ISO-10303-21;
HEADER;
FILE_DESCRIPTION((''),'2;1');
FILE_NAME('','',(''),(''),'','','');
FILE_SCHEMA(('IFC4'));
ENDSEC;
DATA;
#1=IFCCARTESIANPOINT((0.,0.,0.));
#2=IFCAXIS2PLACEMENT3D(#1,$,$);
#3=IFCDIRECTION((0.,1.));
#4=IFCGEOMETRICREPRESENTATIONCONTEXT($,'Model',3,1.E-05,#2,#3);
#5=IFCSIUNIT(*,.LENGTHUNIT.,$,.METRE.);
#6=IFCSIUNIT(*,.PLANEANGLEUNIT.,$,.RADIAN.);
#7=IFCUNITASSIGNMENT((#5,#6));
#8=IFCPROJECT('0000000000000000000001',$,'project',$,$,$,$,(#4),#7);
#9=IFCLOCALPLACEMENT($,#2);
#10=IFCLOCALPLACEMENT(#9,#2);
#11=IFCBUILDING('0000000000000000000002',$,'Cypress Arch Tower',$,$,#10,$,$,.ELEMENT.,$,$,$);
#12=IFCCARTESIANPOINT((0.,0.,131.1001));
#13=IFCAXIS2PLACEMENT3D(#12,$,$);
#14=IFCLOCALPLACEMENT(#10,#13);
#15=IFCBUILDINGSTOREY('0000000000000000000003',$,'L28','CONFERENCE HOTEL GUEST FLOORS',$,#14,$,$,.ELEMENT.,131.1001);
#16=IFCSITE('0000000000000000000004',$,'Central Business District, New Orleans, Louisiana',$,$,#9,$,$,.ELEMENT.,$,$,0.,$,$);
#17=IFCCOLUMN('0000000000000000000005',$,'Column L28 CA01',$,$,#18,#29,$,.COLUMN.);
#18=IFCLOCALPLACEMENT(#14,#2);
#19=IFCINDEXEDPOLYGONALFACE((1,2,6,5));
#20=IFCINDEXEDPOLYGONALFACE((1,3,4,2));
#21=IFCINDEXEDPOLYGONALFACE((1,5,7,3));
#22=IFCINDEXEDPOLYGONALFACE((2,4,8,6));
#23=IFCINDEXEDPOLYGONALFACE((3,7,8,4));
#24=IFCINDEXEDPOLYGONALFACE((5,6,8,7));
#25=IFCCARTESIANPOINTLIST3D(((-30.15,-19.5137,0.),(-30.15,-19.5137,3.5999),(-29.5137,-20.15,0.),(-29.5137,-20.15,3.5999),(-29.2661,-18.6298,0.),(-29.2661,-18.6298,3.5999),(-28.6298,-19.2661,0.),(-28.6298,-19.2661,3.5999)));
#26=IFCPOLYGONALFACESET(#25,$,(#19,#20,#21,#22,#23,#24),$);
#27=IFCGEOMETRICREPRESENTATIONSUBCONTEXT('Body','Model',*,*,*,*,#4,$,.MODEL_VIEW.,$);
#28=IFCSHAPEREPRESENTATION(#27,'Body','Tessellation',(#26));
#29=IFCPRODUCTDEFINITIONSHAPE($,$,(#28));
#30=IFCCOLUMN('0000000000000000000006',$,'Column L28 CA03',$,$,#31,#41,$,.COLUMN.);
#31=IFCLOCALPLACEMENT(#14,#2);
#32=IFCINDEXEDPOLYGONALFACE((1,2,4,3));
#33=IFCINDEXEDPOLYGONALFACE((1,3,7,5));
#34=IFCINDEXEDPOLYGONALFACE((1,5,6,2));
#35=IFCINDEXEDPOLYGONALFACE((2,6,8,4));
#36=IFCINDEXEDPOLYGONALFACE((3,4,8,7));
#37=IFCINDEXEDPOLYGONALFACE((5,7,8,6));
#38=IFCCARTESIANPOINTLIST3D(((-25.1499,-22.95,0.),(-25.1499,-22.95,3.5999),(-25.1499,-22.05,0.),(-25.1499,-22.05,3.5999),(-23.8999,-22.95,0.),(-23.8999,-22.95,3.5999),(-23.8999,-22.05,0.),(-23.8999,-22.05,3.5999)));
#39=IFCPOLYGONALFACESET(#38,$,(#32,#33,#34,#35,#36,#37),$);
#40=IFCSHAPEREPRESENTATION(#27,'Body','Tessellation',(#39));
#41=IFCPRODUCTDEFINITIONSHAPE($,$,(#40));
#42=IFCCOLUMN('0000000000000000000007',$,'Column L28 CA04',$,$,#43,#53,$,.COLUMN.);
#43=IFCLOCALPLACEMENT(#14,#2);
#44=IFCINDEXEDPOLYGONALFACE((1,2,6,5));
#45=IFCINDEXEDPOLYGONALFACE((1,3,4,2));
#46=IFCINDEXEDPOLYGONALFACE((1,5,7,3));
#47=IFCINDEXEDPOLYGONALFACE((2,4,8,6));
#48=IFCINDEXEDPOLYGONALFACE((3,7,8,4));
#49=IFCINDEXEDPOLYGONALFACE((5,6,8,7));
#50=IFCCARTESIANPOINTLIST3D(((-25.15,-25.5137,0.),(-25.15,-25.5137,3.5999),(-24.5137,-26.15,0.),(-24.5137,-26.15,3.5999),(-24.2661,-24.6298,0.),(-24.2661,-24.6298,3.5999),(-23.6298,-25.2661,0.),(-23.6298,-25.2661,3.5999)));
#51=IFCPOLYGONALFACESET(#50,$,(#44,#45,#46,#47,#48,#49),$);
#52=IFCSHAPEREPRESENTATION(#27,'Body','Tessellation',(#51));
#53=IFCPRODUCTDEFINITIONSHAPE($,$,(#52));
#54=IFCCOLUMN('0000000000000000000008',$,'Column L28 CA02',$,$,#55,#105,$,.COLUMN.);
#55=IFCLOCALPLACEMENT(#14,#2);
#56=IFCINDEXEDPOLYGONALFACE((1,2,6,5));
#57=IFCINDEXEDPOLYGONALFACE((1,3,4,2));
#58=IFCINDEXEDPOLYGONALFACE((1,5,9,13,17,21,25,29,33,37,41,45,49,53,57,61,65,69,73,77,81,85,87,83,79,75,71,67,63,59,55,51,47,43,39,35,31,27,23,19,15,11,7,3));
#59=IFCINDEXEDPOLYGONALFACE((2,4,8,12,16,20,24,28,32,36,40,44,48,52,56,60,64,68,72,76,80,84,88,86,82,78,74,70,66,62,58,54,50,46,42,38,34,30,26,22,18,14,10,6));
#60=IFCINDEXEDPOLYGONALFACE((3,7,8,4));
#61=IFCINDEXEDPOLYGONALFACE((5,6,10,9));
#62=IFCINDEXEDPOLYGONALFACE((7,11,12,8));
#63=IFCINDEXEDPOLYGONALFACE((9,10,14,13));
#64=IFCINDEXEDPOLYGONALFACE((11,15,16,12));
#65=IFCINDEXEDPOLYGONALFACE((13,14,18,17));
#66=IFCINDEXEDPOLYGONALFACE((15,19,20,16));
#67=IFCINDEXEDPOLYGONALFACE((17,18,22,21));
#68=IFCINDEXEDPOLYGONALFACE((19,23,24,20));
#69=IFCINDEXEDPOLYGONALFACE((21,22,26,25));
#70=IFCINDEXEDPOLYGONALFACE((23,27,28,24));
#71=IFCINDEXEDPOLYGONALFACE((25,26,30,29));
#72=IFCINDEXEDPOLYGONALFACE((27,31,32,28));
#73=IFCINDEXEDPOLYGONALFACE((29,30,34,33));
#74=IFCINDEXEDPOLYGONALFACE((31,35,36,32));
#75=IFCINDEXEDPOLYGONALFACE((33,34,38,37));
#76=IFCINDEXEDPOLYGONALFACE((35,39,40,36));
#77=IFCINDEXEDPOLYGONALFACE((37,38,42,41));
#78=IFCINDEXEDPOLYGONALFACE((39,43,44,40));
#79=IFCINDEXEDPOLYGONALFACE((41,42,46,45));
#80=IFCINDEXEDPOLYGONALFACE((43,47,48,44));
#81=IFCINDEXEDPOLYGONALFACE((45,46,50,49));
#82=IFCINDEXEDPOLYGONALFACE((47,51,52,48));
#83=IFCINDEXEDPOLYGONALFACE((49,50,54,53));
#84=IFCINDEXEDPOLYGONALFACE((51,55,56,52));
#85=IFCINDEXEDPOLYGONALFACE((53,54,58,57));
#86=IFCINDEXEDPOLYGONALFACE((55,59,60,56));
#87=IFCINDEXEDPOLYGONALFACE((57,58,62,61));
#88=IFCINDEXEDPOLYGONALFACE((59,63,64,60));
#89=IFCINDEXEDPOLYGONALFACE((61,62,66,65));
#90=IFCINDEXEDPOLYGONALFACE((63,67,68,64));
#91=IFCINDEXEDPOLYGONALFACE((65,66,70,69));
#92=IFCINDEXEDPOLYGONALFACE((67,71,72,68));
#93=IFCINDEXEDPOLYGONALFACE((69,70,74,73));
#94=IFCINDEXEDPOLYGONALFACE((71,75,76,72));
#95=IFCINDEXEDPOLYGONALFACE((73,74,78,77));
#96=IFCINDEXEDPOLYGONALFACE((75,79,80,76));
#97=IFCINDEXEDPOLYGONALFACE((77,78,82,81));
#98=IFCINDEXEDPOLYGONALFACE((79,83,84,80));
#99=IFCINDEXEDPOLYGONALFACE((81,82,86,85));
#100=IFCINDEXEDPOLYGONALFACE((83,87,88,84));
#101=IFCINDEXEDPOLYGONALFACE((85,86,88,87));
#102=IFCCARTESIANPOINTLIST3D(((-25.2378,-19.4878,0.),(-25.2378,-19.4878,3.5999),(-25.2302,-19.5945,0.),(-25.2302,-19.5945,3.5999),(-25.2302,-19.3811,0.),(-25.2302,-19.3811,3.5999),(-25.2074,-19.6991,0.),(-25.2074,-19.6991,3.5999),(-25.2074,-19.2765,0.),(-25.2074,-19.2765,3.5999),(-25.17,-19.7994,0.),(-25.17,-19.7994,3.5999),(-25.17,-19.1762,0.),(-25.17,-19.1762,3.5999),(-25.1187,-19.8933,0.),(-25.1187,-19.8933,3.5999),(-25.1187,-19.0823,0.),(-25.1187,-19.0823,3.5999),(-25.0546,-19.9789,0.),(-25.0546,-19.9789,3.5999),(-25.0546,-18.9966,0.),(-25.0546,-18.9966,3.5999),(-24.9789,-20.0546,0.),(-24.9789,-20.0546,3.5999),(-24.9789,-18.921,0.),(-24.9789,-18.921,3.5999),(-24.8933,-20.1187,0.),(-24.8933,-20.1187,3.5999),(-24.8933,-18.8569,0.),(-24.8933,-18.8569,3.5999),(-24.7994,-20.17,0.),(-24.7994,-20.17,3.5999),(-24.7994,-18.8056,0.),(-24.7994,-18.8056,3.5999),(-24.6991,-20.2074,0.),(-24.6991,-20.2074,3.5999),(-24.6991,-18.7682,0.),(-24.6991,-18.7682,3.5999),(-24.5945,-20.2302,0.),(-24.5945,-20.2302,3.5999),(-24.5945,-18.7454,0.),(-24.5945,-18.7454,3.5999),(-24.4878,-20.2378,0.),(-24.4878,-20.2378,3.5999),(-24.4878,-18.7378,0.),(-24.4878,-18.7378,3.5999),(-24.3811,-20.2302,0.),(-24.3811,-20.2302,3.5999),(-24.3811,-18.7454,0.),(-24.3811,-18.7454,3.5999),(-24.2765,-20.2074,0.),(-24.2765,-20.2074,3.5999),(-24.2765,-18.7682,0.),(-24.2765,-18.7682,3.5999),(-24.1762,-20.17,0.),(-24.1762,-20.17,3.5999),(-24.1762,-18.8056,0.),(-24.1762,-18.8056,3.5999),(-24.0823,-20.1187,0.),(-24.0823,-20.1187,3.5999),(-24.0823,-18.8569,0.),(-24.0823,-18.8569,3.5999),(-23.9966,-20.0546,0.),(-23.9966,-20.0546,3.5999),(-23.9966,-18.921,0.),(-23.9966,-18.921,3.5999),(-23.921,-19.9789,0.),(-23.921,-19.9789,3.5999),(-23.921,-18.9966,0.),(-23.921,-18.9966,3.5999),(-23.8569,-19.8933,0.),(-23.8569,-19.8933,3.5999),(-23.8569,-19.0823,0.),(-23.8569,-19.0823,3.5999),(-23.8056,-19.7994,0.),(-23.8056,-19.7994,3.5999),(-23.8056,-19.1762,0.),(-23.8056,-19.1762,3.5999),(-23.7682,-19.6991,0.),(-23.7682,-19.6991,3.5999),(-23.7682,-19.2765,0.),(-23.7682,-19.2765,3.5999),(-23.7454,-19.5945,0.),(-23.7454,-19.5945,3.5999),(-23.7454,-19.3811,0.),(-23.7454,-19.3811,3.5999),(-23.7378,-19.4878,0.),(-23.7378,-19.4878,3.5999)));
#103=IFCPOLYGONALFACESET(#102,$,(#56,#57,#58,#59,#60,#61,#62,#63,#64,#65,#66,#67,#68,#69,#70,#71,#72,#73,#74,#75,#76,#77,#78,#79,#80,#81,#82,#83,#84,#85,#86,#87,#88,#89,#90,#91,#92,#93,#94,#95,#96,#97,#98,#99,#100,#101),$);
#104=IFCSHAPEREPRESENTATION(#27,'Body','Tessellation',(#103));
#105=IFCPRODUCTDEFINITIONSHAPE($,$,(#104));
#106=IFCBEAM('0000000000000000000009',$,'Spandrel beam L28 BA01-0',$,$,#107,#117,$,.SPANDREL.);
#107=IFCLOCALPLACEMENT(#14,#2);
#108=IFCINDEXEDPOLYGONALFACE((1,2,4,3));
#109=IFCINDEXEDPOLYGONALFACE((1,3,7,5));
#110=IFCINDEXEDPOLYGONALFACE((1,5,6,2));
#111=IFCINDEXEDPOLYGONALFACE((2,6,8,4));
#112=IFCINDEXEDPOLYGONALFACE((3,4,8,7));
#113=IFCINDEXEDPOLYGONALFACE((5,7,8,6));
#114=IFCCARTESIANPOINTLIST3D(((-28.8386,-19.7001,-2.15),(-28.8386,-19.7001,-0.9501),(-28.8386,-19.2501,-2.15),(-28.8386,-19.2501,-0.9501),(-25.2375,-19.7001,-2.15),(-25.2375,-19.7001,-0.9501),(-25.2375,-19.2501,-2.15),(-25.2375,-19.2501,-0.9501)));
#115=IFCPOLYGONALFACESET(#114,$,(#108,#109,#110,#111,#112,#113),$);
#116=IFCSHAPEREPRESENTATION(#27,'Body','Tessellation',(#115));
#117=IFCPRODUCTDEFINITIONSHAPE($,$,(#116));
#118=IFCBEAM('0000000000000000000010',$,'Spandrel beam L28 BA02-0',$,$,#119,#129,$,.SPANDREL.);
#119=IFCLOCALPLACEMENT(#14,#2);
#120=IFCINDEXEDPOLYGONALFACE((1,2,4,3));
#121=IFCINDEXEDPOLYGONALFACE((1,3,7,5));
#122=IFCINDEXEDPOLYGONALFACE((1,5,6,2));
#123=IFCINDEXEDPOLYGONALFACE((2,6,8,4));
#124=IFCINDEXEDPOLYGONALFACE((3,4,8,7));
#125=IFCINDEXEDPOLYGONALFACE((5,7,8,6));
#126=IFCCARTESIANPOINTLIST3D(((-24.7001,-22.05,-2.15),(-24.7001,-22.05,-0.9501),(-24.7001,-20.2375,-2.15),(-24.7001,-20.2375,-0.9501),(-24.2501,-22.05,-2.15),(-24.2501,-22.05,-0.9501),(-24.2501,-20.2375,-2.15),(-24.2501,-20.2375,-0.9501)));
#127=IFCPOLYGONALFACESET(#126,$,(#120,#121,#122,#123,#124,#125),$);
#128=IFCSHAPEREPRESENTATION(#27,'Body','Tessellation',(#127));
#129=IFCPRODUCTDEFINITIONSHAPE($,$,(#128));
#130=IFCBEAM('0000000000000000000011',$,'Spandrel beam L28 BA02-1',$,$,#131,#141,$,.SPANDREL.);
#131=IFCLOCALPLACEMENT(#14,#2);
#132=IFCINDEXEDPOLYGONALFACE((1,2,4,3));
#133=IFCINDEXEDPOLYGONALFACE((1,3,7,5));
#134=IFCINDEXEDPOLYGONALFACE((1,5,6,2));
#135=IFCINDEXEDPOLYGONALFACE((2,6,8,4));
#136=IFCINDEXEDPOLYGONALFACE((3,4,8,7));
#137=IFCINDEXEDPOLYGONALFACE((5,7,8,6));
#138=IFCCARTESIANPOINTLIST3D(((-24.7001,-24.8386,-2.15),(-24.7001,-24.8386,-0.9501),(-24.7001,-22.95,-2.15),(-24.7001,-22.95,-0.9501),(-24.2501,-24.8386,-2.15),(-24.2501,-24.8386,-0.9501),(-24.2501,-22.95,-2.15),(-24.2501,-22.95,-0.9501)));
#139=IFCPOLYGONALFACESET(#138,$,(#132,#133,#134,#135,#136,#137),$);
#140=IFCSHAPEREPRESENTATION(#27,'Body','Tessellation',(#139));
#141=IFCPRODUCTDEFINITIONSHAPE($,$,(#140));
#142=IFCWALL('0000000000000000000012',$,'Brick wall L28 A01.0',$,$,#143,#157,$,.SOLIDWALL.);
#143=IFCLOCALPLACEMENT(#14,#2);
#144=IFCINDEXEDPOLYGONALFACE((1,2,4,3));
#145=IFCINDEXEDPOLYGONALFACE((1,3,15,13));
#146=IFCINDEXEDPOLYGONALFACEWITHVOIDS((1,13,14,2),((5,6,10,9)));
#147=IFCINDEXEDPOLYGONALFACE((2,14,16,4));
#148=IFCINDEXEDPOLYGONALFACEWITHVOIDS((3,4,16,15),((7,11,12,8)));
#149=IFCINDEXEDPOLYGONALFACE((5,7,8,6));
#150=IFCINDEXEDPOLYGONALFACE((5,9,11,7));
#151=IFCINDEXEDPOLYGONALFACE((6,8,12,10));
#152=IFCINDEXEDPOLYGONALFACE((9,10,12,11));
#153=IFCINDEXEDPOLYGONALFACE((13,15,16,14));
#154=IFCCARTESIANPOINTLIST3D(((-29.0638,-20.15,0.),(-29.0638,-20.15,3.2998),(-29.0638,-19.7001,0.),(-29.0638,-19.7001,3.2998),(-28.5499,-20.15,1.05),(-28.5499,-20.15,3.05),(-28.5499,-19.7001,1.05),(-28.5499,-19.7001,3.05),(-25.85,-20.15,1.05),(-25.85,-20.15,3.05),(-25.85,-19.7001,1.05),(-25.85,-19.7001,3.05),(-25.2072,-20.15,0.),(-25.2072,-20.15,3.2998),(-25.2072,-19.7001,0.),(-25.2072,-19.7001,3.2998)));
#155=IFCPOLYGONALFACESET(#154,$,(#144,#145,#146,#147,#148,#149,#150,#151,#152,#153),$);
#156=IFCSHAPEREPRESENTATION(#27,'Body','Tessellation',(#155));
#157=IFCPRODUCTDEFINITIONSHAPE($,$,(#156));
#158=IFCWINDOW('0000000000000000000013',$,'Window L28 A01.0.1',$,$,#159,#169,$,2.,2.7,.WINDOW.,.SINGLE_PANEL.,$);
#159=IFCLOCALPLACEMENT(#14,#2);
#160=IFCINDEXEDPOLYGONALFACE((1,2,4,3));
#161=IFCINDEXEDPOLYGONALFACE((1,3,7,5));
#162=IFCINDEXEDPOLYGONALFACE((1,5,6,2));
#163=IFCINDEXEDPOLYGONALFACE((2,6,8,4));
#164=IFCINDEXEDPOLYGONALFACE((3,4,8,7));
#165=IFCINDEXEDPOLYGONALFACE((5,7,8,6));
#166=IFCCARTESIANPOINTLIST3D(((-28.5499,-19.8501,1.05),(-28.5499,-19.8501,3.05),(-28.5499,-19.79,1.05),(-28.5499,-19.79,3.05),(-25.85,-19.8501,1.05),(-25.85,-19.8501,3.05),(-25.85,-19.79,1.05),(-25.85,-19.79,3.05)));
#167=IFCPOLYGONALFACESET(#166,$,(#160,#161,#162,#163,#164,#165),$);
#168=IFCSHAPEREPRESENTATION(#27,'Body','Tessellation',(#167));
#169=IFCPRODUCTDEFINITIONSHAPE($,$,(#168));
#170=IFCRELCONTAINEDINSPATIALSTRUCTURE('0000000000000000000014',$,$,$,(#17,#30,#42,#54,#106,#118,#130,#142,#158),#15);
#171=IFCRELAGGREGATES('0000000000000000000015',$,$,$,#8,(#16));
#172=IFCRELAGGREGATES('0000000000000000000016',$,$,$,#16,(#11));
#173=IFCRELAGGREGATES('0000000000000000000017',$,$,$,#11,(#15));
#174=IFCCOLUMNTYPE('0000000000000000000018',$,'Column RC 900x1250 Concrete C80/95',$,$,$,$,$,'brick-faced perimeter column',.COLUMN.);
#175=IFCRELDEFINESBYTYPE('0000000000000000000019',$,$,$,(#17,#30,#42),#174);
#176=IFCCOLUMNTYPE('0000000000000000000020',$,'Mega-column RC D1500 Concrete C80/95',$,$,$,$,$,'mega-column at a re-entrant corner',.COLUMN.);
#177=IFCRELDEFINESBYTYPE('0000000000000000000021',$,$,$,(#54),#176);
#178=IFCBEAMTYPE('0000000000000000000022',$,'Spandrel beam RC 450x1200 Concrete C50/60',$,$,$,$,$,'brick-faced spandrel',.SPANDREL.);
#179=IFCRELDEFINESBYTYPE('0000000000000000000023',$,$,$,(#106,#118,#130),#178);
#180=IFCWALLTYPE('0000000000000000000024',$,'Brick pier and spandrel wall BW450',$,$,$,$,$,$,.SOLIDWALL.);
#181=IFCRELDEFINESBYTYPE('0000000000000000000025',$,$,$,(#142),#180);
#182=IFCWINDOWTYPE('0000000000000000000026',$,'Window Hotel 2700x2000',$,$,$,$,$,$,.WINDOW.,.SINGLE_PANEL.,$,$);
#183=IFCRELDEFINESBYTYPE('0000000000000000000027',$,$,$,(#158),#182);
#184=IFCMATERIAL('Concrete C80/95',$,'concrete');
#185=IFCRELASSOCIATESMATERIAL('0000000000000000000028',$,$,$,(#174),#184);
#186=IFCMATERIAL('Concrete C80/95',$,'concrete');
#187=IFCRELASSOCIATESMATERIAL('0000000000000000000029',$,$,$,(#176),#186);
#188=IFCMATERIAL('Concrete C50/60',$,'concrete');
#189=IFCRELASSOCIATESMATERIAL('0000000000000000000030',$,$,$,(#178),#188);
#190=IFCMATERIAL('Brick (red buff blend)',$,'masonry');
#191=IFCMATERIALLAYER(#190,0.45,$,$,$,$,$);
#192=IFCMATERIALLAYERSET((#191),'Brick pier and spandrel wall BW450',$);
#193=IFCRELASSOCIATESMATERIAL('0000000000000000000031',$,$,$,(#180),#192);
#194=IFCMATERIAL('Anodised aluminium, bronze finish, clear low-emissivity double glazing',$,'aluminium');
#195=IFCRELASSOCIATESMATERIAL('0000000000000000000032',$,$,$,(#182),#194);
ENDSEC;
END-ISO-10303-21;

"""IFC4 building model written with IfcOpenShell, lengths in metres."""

from ifc_helpers import new_model, si_unit, direction, frame, frame_2d, origin, origin_2d, place, context, subcontext, project, spatial, rectangle, circle, extrude, material, layer, layer_set, material_profile, profile_set, type_object, element, fill, save


model = new_model("IFC4")

# Units and contexts
model_context = context("Model", 3, precision=1e-05, world=origin(), true_north=direction((0.0, 1.0)))
body_context = subcontext(model_context, "Body", "Model", "MODEL_VIEW")
ifc_project = project(units=[si_unit("LENGTHUNIT", "METRE"), si_unit("PLANEANGLEUNIT", "RADIAN")], contexts=[model_context])

# Site, building, storey
site_placement = place(None, origin())
site = spatial("IfcSite", under=ifc_project, at=site_placement, Name="Central Business District, New Orleans, Louisiana", CompositionType="ELEMENT", RefElevation=0.0)
building_placement = place(site_placement, origin())
building = spatial("IfcBuilding", under=site, at=building_placement, Name="Cypress Arch Tower", CompositionType="ELEMENT")
storey_placement = place(building_placement, frame((0.0, 0.0, 131.1001)))
storey = spatial("IfcBuildingStorey", under=building, at=storey_placement, Name="L28", Description="CONFERENCE HOTEL GUEST FLOORS", CompositionType="ELEMENT", Elevation=131.1001)

# Columns
ifc_material_1 = material(Name="Concrete C80/95", Category="concrete")
ifc_material_profile_1 = material_profile(ifc_material_1, rectangle(XDim=0.8999, YDim=1.25, at=origin_2d()), Name="RC 900x1250")
ifc_profile_set_1 = profile_set([ifc_material_profile_1], Name="Concrete C80/95")
column_type_1 = type_object("IfcColumnType", Name="Column RC 900x1250 Concrete C80/95", ElementType="brick-faced perimeter column", PredefinedType="COLUMN", material=ifc_profile_set_1)
for number, where, z_axis, x_axis, name in (
    (1, (-29.3899, -19.3899, 0.0), (0.0, 0.0, 1.0), (0.707107, -0.707107, 0.0), "Column L28 CA01"),
    (2, (-24.5249, -22.5, 0.0), (0.0, 0.0, 1.0), (0.0, -1.0, 0.0), "Column L28 CA03"),
    (3, (-24.3899, -25.3899, 0.0), (0.0, 0.0, 1.0), (0.707107, -0.707107, 0.0), "Column L28 CA04"),
):
    element("IfcColumn", number, at=place(storey_placement, frame(where, z_axis=z_axis, x_axis=x_axis)), inside=storey, type_object=column_type_1, Name=name, PredefinedType="COLUMN", context=body_context, shape_type="SweptSolid", body=[
        extrude(rectangle(XDim=0.8999, YDim=1.25, at=origin_2d()), origin(), (0.0, 0.0, 1.0), 3.5999),
    ])
ifc_material_2 = material(Name="Concrete C80/95", Category="concrete")
ifc_material_profile_2 = material_profile(ifc_material_2, circle(Radius=0.75, at=origin_2d()), Name="RC D1500")
ifc_profile_set_2 = profile_set([ifc_material_profile_2], Name="Concrete C80/95")
column_type_2 = type_object("IfcColumnType", Name="Mega-column RC D1500 Concrete C80/95", ElementType="mega-column at a re-entrant corner", PredefinedType="COLUMN", material=ifc_profile_set_2)
column_placement = place(storey_placement, frame((-24.4878, -19.4878, 0.0), z_axis=(0.0, 0.0, 1.0), x_axis=(1.0, 0.0, 0.0)))
element("IfcColumn", 4, at=column_placement, inside=storey, type_object=column_type_2, Name="Column L28 CA02", PredefinedType="COLUMN", context=body_context, shape_type="SweptSolid", body=[
    extrude(circle(Radius=0.75, at=origin_2d()), origin(), (0.0, 0.0, 1.0), 3.5999),
])

# Beams
ifc_material_3 = material(Name="Concrete C50/60", Category="concrete")
ifc_material_profile_3 = material_profile(ifc_material_3, rectangle(XDim=0.45, YDim=1.2, at=origin_2d()), Name="RC 450x1200")
ifc_profile_set_3 = profile_set([ifc_material_profile_3], Name="Concrete C50/60")
beam_type = type_object("IfcBeamType", Name="Spandrel beam RC 450x1200 Concrete C50/60", ElementType="brick-faced spandrel", PredefinedType="SPANDREL", material=ifc_profile_set_3)
beam_1_placement = place(storey_placement, frame((-28.8386, -19.4751, -1.55), z_axis=(1.0, 0.0, 0.0), x_axis=(0.0, 1.0, 0.0)))
element("IfcBeam", 5, at=beam_1_placement, inside=storey, type_object=beam_type, Name="Spandrel beam L28 BA01-0", PredefinedType="SPANDREL", context=body_context, shape_type="SweptSolid", body=[
    extrude(rectangle(XDim=0.45, YDim=1.2, at=origin_2d()), origin(), (0.0, 0.0, 1.0), 3.6011),
])
beam_2_placement = place(storey_placement, frame((-24.4751, -20.2375, -1.55), z_axis=(0.0, -1.0, 0.0), x_axis=(1.0, 0.0, 0.0)))
element("IfcBeam", 6, at=beam_2_placement, inside=storey, type_object=beam_type, Name="Spandrel beam L28 BA02-0", PredefinedType="SPANDREL", context=body_context, shape_type="SweptSolid", body=[
    extrude(rectangle(XDim=0.45, YDim=1.2, at=origin_2d()), origin(), (0.0, 0.0, 1.0), 1.8125),
])
beam_3_placement = place(storey_placement, frame((-24.4751, -22.95, -1.55), z_axis=(0.0, -1.0, 0.0), x_axis=(1.0, 0.0, 0.0)))
element("IfcBeam", 7, at=beam_3_placement, inside=storey, type_object=beam_type, Name="Spandrel beam L28 BA02-1", PredefinedType="SPANDREL", context=body_context, shape_type="SweptSolid", body=[
    extrude(rectangle(XDim=0.45, YDim=1.2, at=origin_2d()), origin(), (0.0, 0.0, 1.0), 1.8887),
])

# Wall, opening, window
ifc_material_4 = material(Name="Brick (red buff blend)", Category="masonry")
ifc_layer_1 = layer(ifc_material_4, 0.45)
ifc_layer_set_1 = layer_set([ifc_layer_1], Name="Brick pier and spandrel wall BW450")
wall_type_1 = type_object("IfcWallType", Name="Brick pier and spandrel wall BW450", PredefinedType="SOLIDWALL", material=ifc_layer_set_1)
wall_1_placement = place(storey_placement, frame((-29.0637, -19.925, 0.0), z_axis=(0.0, 0.0, 1.0), x_axis=(1.0, 0.0, 0.0)))
wall_1 = element("IfcWall", 8, at=wall_1_placement, inside=storey, type_object=wall_type_1, Name="Brick wall L28 A01.0", PredefinedType="SOLIDWALL", context=body_context, shape_type="SweptSolid", body=[
    extrude(rectangle(XDim=3.8567, YDim=0.45, at=frame_2d((1.9282, 0.0))), origin(), (0.0, 0.0, 1.0), 3.2998),
])
opening_1_placement = place(wall_1_placement, frame((0.5137, 0.0, 1.05)))
opening_1 = element("IfcOpeningElement", 9, at=opening_1_placement, cuts=wall_1, PredefinedType="OPENING", context=body_context, shape_type="SweptSolid", body=[
    extrude(rectangle(XDim=2.7, YDim=2.0, at=frame_2d((1.3501, 1.0))), frame((0.0, 0.2349, 0.0), z_axis=(0.0, -1.0, 0.0), x_axis=(1.0, 0.0, 0.0)), (0.0, 0.0, 1.0), 0.47),
])
ifc_material_5 = material(Name="Anodised aluminium, bronze finish, clear low-emissivity double glazing", Category="aluminium")
window_type_1 = type_object("IfcWindowType", Name="Window Hotel 2700x2000", PartitioningType="SINGLE_PANEL", PredefinedType="WINDOW", material=ifc_material_5)
window_1_placement = place(opening_1_placement, origin())
window_1 = element("IfcWindow", 10, at=window_1_placement, inside=storey, type_object=window_type_1, Name="Window L28 A01.0.1", OverallHeight=2.0, OverallWidth=2.7, PartitioningType="SINGLE_PANEL", PredefinedType="WINDOW", context=body_context, shape_type="SweptSolid", body=[
    extrude(rectangle(XDim=2.7, YDim=2.0, at=frame_2d((1.3501, 1.0))), frame((0.0, 0.135, 0.0), z_axis=(0.0, -1.0, 0.0), x_axis=(1.0, 0.0, 0.0)), (0.0, 0.0, 1.0), 0.0601),
])
fill(opening_1, window_1)

save(model, "model.ifc")
